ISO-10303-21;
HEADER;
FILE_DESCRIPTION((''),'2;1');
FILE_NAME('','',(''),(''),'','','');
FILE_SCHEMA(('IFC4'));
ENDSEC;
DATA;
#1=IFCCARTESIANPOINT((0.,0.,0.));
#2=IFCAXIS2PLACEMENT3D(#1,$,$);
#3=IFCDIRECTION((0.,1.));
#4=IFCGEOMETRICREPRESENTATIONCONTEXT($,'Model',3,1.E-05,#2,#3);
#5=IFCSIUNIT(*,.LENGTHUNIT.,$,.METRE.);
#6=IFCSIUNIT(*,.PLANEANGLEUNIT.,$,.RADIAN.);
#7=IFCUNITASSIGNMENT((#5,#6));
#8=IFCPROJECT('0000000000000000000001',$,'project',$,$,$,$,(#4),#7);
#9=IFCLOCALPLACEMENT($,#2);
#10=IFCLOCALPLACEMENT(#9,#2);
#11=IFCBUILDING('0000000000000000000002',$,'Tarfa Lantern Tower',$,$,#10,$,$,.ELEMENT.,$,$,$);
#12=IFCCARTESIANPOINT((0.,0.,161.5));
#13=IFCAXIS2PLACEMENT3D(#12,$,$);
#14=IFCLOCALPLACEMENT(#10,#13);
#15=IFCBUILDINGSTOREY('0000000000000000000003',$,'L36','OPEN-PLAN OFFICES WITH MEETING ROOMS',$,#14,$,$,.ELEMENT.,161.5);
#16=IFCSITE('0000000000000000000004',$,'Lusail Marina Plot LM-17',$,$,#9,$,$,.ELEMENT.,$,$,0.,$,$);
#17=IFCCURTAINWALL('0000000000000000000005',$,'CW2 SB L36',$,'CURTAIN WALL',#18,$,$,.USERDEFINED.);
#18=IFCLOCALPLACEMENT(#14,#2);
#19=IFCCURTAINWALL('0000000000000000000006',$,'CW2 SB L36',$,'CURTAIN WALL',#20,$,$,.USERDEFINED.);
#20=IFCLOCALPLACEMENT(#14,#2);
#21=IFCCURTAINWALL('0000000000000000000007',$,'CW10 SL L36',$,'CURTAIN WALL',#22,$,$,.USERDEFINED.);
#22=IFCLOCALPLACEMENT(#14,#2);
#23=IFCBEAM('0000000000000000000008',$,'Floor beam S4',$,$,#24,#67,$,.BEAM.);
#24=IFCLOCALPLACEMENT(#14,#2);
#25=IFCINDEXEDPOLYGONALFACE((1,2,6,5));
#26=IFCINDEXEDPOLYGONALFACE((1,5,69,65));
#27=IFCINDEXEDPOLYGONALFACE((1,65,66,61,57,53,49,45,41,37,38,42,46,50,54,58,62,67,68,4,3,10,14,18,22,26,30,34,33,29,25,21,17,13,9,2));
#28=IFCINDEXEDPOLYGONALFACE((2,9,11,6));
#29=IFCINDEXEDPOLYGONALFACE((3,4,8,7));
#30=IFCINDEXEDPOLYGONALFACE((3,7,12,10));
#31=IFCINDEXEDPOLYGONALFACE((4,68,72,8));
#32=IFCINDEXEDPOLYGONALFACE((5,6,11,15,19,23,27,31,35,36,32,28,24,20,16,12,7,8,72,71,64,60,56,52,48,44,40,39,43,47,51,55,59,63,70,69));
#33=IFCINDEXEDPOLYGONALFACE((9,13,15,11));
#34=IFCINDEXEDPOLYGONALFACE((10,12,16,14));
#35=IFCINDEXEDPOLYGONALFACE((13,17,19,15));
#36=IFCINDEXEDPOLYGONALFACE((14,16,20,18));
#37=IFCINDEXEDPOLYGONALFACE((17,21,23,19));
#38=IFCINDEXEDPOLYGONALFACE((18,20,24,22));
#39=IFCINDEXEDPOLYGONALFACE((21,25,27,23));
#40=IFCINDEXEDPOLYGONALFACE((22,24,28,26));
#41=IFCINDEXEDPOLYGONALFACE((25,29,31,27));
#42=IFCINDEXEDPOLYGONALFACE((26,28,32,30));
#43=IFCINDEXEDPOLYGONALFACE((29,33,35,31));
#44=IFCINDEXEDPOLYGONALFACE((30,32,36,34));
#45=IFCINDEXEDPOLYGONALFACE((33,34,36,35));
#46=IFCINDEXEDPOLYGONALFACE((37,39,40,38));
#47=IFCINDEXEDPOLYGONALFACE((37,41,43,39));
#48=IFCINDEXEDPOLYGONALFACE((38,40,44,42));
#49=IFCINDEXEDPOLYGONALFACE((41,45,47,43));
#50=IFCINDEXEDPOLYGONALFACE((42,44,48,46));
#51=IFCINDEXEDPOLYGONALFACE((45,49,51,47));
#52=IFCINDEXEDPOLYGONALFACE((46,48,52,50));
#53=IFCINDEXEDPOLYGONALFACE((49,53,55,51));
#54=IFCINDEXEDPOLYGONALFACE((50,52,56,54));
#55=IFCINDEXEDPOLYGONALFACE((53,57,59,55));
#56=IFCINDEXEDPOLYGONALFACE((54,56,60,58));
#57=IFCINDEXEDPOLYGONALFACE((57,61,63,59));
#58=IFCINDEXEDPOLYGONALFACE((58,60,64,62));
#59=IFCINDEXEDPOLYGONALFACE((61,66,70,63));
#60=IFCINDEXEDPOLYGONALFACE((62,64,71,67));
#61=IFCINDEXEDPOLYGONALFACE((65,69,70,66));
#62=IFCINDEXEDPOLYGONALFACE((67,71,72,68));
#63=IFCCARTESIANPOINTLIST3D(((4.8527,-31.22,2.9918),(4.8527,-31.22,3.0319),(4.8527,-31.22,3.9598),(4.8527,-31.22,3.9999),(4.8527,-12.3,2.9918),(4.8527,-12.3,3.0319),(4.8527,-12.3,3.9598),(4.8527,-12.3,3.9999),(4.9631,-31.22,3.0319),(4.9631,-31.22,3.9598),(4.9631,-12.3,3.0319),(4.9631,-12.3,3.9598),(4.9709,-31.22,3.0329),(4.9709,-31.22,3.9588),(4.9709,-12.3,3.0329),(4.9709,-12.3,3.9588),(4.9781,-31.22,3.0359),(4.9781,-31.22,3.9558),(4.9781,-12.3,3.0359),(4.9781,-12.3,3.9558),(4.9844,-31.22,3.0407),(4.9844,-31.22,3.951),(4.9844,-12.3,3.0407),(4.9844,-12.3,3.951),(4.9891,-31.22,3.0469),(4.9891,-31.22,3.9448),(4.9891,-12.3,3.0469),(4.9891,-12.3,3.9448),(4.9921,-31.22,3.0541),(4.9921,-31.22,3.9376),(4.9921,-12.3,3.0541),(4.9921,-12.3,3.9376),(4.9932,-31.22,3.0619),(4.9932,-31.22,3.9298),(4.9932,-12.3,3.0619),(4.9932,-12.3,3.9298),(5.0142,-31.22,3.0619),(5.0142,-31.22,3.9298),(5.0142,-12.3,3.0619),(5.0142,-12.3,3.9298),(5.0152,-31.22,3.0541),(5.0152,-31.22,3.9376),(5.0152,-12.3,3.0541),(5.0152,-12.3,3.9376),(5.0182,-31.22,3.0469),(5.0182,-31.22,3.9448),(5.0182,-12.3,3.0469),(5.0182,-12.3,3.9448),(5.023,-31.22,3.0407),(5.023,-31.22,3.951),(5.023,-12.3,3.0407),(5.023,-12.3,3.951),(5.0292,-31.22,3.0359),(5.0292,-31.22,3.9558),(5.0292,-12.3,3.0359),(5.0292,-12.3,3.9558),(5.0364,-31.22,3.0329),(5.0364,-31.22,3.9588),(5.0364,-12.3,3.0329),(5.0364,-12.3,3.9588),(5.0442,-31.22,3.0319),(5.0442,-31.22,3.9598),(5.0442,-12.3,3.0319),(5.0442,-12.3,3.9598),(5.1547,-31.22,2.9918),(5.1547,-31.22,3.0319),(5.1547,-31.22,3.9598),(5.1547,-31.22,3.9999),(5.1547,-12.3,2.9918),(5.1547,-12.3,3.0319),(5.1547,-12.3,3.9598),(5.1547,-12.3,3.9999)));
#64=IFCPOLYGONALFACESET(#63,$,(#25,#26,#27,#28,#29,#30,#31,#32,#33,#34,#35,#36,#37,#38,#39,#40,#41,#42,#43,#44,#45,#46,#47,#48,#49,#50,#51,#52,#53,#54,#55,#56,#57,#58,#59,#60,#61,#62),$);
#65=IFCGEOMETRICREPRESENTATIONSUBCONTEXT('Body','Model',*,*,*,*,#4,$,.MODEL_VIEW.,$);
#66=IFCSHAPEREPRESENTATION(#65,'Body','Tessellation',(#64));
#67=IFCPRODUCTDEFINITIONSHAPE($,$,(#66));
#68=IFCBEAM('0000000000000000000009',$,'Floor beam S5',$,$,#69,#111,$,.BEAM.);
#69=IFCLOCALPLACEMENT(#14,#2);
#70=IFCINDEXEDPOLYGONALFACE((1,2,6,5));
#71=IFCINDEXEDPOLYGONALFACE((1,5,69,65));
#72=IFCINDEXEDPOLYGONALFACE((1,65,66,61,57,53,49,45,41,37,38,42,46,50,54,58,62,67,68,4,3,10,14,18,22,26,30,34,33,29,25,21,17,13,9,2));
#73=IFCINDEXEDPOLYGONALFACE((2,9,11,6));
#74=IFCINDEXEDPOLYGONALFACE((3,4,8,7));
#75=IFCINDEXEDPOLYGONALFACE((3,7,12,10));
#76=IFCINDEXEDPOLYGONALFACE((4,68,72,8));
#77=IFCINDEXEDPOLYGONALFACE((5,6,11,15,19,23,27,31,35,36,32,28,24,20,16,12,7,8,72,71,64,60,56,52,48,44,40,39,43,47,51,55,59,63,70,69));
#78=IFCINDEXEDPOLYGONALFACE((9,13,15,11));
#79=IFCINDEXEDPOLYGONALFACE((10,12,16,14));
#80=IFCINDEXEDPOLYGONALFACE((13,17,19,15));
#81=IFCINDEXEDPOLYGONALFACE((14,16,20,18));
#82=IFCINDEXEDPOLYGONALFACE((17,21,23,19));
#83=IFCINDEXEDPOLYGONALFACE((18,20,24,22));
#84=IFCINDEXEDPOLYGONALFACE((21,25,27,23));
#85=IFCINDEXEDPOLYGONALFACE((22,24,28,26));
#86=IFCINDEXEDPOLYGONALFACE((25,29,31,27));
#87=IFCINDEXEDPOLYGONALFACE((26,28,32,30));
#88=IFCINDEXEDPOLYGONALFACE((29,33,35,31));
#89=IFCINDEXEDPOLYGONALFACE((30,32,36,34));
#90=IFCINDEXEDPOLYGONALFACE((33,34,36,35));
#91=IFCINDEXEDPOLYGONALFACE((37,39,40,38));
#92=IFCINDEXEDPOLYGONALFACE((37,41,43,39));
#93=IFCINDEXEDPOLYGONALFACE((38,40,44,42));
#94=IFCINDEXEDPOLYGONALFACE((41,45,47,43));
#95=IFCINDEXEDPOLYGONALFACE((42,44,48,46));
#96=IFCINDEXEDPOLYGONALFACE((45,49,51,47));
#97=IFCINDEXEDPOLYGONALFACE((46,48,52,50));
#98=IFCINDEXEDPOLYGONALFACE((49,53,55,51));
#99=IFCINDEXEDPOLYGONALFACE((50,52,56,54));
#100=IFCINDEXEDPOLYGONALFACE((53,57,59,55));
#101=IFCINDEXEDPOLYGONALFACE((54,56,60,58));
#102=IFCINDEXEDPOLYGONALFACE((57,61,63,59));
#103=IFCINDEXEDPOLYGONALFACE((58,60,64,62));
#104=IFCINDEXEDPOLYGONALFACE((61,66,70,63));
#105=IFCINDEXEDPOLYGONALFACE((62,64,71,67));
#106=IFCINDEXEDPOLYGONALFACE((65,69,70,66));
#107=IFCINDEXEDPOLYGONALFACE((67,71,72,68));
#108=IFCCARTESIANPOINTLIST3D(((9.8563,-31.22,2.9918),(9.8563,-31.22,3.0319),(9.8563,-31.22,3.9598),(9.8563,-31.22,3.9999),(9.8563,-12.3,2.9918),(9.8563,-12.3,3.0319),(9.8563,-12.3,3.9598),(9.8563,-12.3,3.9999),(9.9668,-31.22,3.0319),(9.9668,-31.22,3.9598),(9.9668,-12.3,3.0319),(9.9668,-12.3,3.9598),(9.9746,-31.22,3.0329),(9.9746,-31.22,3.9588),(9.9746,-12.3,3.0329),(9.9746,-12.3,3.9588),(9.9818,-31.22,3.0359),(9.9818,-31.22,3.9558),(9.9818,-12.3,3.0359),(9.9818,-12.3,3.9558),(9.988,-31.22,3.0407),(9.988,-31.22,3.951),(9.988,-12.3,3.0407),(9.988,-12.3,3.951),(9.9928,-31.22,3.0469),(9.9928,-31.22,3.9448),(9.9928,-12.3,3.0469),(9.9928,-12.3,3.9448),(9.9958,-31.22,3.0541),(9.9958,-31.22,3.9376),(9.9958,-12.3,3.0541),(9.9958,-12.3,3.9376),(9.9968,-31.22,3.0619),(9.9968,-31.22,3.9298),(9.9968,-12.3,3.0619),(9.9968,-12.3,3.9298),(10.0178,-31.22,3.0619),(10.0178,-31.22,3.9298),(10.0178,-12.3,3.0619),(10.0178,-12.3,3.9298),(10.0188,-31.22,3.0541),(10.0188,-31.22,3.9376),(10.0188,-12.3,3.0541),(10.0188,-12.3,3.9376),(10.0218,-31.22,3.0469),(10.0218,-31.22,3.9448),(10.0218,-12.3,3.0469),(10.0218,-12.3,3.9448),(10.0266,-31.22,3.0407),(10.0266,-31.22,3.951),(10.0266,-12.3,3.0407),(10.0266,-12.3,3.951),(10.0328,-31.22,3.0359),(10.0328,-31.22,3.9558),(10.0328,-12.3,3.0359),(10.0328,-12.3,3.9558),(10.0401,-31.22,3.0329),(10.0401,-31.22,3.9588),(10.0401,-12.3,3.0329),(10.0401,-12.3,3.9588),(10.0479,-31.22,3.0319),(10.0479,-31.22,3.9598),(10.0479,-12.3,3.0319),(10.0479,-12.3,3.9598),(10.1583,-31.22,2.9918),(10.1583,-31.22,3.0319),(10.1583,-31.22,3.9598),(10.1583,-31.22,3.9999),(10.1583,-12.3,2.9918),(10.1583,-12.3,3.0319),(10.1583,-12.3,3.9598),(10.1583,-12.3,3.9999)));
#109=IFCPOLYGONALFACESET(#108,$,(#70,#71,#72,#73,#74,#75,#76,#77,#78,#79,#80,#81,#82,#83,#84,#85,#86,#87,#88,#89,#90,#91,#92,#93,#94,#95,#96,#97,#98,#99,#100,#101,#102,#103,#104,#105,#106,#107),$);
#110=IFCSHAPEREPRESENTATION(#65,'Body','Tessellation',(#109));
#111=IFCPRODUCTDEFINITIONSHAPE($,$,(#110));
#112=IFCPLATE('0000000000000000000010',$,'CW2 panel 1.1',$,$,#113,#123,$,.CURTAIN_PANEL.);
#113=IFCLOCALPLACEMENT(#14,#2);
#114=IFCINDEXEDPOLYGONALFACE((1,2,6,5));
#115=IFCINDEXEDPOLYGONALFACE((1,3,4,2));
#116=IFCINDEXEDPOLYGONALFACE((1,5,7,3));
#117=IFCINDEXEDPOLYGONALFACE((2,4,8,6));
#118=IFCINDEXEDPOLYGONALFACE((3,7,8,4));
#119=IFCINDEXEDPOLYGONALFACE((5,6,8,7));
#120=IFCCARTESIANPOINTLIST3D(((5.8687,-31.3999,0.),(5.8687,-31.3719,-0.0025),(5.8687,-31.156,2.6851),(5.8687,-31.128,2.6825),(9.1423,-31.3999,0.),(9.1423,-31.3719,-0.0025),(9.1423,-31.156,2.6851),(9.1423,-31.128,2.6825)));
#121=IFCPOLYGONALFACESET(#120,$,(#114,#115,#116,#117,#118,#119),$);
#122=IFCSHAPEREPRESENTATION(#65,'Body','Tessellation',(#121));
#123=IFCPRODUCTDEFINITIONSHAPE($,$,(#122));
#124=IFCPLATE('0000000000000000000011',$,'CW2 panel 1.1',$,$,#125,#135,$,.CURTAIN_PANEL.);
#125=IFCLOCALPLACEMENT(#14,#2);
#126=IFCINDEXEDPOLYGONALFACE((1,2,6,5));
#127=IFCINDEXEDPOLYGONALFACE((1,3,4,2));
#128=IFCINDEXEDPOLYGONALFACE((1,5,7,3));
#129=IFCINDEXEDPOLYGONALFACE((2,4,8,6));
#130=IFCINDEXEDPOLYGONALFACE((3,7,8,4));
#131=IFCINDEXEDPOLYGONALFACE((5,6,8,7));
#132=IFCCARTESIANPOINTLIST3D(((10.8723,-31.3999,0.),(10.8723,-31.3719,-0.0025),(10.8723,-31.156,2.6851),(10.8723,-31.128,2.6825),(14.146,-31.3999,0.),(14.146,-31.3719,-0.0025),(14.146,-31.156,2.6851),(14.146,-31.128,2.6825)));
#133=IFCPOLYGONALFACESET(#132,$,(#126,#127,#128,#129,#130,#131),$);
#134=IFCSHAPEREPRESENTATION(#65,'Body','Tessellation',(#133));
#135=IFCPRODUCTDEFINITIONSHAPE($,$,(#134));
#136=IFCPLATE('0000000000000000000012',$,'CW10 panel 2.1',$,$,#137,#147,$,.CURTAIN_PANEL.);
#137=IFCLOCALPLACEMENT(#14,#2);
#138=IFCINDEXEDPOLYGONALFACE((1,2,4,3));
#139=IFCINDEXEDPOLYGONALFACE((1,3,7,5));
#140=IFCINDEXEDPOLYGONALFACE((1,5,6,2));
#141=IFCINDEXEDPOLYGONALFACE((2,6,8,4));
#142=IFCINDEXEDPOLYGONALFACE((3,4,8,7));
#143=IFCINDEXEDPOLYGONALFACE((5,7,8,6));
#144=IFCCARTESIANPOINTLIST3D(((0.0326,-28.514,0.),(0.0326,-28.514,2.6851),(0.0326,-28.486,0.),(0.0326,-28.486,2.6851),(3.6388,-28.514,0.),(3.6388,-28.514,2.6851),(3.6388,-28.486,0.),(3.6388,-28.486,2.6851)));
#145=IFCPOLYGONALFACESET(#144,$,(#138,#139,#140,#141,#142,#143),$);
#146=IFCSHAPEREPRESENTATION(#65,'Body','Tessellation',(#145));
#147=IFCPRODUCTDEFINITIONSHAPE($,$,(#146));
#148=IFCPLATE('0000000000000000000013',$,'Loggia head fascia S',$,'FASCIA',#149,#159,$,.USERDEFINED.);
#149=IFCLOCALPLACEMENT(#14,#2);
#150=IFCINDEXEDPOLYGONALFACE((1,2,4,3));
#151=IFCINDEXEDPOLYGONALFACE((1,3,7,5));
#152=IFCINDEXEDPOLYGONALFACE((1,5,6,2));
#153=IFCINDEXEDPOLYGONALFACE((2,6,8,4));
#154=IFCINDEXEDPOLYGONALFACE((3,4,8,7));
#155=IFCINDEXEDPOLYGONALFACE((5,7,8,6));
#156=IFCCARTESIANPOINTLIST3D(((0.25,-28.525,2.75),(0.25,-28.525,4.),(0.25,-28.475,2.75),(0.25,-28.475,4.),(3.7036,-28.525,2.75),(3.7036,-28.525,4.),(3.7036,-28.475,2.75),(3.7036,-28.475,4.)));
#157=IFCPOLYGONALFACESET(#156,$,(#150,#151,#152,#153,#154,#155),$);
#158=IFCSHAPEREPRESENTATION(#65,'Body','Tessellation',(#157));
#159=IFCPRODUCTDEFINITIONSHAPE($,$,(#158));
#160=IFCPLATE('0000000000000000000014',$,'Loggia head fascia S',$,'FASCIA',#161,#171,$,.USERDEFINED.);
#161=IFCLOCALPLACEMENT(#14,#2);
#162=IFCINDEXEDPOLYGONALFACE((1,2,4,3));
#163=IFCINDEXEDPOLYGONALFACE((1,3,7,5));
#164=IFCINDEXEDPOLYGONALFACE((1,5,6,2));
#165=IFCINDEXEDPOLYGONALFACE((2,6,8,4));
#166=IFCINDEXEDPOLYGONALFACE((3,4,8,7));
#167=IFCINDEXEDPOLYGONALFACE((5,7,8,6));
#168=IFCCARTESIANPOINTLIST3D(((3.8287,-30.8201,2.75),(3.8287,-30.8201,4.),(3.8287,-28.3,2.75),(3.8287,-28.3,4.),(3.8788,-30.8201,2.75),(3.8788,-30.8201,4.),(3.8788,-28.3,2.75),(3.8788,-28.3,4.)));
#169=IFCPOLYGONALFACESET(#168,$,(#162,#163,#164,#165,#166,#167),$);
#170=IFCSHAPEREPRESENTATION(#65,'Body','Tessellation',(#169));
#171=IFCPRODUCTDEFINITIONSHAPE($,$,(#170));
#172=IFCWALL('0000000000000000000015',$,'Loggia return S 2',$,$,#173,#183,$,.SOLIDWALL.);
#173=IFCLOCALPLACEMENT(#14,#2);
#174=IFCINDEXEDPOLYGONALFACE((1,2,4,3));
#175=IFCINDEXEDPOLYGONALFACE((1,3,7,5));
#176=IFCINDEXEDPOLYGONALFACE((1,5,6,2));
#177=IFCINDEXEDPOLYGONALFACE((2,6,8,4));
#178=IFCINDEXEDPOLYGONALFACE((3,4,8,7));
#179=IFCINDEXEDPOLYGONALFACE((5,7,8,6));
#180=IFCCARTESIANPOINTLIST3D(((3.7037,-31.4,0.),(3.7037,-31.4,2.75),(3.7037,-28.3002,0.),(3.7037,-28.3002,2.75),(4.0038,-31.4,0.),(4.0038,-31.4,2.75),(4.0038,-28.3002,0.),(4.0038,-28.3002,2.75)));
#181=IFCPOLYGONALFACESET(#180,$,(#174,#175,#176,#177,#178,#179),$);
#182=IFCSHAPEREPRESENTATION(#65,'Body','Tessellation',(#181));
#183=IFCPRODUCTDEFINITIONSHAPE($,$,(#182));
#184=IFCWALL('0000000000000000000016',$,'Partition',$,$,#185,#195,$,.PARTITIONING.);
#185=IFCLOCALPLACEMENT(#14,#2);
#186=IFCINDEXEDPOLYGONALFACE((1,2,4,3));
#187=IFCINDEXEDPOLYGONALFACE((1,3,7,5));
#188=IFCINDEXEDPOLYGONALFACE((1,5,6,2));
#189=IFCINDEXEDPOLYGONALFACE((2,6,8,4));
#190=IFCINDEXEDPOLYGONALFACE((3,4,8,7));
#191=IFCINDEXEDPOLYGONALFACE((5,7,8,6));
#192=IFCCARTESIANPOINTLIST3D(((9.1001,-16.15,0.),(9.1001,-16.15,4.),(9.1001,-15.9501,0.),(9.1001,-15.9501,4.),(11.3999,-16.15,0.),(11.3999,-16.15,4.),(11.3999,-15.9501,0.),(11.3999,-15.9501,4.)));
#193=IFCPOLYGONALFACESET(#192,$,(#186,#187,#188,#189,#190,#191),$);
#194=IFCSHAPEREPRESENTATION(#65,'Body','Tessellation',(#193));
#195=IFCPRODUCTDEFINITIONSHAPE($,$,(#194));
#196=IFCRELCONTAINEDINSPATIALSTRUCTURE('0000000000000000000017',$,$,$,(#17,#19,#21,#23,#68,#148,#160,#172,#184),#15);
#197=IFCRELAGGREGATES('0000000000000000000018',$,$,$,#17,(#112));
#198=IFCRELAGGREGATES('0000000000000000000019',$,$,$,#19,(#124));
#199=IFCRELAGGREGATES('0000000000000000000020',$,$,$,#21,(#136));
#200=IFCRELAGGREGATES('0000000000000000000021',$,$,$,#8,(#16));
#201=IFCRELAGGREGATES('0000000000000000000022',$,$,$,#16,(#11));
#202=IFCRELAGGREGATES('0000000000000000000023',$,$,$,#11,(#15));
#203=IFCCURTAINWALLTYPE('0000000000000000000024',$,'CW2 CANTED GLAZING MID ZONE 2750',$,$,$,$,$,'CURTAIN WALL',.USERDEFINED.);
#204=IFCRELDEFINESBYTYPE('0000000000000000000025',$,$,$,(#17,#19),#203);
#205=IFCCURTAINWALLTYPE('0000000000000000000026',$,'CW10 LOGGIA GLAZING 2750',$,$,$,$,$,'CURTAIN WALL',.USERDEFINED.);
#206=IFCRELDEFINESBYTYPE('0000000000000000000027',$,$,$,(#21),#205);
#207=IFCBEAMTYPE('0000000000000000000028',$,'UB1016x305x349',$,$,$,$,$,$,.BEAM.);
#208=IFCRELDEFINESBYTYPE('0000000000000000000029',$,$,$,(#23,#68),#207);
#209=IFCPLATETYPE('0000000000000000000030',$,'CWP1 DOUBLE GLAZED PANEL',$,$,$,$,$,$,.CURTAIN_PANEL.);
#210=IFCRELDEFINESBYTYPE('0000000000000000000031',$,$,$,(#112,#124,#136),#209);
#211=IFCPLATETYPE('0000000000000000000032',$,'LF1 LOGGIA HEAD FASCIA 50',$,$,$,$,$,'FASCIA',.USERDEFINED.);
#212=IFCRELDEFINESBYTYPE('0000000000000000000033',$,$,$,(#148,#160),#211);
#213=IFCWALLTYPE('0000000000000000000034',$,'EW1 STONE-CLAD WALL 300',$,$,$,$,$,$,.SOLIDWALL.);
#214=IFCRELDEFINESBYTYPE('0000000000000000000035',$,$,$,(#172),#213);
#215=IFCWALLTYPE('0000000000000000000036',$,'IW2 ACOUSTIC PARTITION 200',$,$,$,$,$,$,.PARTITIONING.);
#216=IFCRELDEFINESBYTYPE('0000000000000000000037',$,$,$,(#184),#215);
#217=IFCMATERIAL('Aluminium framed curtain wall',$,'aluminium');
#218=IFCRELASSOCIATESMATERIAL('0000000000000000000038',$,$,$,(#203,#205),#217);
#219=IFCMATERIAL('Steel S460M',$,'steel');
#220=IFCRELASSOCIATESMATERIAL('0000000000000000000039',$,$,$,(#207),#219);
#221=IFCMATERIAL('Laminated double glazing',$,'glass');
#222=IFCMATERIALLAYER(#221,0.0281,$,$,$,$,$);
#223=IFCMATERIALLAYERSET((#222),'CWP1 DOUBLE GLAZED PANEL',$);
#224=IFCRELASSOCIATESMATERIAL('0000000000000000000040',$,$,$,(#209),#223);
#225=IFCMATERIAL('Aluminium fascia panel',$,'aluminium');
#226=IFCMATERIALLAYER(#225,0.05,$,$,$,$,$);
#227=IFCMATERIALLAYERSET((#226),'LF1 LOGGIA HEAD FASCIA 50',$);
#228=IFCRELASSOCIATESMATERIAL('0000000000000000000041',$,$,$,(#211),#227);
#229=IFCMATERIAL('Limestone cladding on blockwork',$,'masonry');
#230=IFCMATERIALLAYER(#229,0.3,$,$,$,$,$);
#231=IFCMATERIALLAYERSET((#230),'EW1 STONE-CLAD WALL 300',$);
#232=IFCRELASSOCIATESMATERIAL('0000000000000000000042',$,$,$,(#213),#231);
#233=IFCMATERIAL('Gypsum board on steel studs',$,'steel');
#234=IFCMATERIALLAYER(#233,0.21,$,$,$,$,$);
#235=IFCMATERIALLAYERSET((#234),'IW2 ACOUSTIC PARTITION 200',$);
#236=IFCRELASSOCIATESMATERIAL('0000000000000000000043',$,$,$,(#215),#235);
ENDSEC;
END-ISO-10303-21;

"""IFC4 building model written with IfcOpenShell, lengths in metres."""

from ifc_helpers import new_model, si_unit, direction, frame, frame_2d, origin, origin_2d, place, context, subcontext, project, spatial, polyline, rectangle, i_section, outline, extrude, material, layer, layer_set, material_profile, profile_set, type_object, element, aggregate, save


model = new_model("IFC4")

# Units and contexts
model_context = context("Model", 3, precision=1e-05, world=origin(), true_north=direction((0.0, 1.0)))
body_context = subcontext(model_context, "Body", "Model", "MODEL_VIEW")
ifc_project = project(units=[si_unit("LENGTHUNIT", "METRE"), si_unit("PLANEANGLEUNIT", "RADIAN")], contexts=[model_context])

# Site, building, storey
site_placement = place(None, origin())
site = spatial("IfcSite", under=ifc_project, at=site_placement, Name="Lusail Marina Plot LM-17", CompositionType="ELEMENT", RefElevation=0.0)
building_placement = place(site_placement, origin())
building = spatial("IfcBuilding", under=site, at=building_placement, Name="Tarfa Lantern Tower", CompositionType="ELEMENT")
storey_placement = place(building_placement, frame((0.0, 0.0, 161.5)))
storey = spatial("IfcBuildingStorey", under=building, at=storey_placement, Name="L36", Description="OPEN-PLAN OFFICES WITH MEETING ROOMS", CompositionType="ELEMENT", Elevation=161.5)

# Curtain wall
ifc_material_1 = material(Name="Aluminium framed curtain wall", Category="aluminium")
curtain_wall_type_1 = type_object("IfcCurtainWallType", Name="CW2 CANTED GLAZING MID ZONE 2750", ElementType="CURTAIN WALL", PredefinedType="USERDEFINED", material=ifc_material_1)
curtain_wall_1_placement = place(storey_placement, origin())
curtain_wall_1 = element("IfcCurtainWall", 1, at=curtain_wall_1_placement, inside=storey, type_object=curtain_wall_type_1, Name="CW2 SB L36", ObjectType="CURTAIN WALL", PredefinedType="USERDEFINED")

# Curtain walls
curtain_wall_2_placement = place(storey_placement, origin())
curtain_wall_2 = element("IfcCurtainWall", 2, at=curtain_wall_2_placement, inside=storey, type_object=curtain_wall_type_1, Name="CW2 SB L36", ObjectType="CURTAIN WALL", PredefinedType="USERDEFINED")
curtain_wall_type_2 = type_object("IfcCurtainWallType", Name="CW10 LOGGIA GLAZING 2750", ElementType="CURTAIN WALL", PredefinedType="USERDEFINED", material=ifc_material_1)
curtain_wall_3_placement = place(storey_placement, origin())
curtain_wall_3 = element("IfcCurtainWall", 3, at=curtain_wall_3_placement, inside=storey, type_object=curtain_wall_type_2, Name="CW10 SL L36", ObjectType="CURTAIN WALL", PredefinedType="USERDEFINED")

# Beams
ifc_material_2 = material(Name="Steel S460M", Category="steel")
ifc_material_profile_1 = material_profile(ifc_material_2, i_section(OverallWidth=0.302, OverallDepth=1.0081, WebThickness=0.021, FlangeThickness=0.04, FilletRadius=0.03, at=origin_2d()), Name="UB1016x305x349")
ifc_profile_set_1 = profile_set([ifc_material_profile_1], Name="Steel S460M")
beam_type_1 = type_object("IfcBeamType", Name="UB1016x305x349", PredefinedType="BEAM", material=ifc_profile_set_1)
for number, where, z_axis, x_axis, name in (
    (4, (5.0037, -31.22, 3.4958), (0.0, 1.0, 0.0), (-1.0, 0.0, 0.0), "Floor beam S4"),
    (5, (10.0073, -31.22, 3.4958), (0.0, 1.0, 0.0), (-1.0, 0.0, 0.0), "Floor beam S5"),
):
    element("IfcBeam", number, at=place(storey_placement, frame(where, z_axis=z_axis, x_axis=x_axis)), inside=storey, type_object=beam_type_1, Name=name, PredefinedType="BEAM", context=body_context, shape_type="SweptSolid", body=[
        extrude(i_section(OverallWidth=0.302, OverallDepth=1.0081, WebThickness=0.021, FlangeThickness=0.04, FilletRadius=0.03, at=origin_2d()), origin(), (0.0, 0.0, 1.0), 18.9199),
    ])

# Plates
ifc_material_3 = material(Name="Laminated double glazing", Category="glass")
ifc_layer_1 = layer(ifc_material_3, 0.0281)
ifc_layer_set_1 = layer_set([ifc_layer_1], Name="CWP1 DOUBLE GLAZED PANEL")
plate_type_1 = type_object("IfcPlateType", Name="CWP1 DOUBLE GLAZED PANEL", PredefinedType="CURTAIN_PANEL", material=ifc_layer_set_1)
plate_1_placement = place(storey_placement, frame((5.8687, -31.3999, 0.0), z_axis=(0.0, -0.9959, 0.090462), x_axis=(1.0, 0.0, 0.0)))
plate_1 = element("IfcPlate", 6, at=plate_1_placement, type_object=plate_type_1, Name="CW2 panel 1.1", PredefinedType="CURTAIN_PANEL", context=body_context, shape_type="SweptSolid", body=[
    extrude(outline(polyline([(0.0, 0.0), (3.2737, 0.0), (3.2737, 2.6961), (0.0, 2.6961), (0.0, 0.0)])), origin(), (0.0, 0.0, -1.0), 0.0281),
])
aggregate(curtain_wall_1, [plate_1])
plate_2_placement = place(storey_placement, frame((10.8723, -31.3999, 0.0), z_axis=(0.0, -0.9959, 0.090462), x_axis=(1.0, 0.0, 0.0)))
plate_2 = element("IfcPlate", 7, at=plate_2_placement, type_object=plate_type_1, Name="CW2 panel 1.1", PredefinedType="CURTAIN_PANEL", context=body_context, shape_type="SweptSolid", body=[
    extrude(outline(polyline([(0.0, 0.0), (3.2737, 0.0), (3.2737, 2.6961), (0.0, 2.6961), (0.0, 0.0)])), origin(), (0.0, 0.0, -1.0), 0.0281),
])
aggregate(curtain_wall_2, [plate_2])
plate_3_placement = place(storey_placement, frame((1.8357, -28.5, 0.0), z_axis=(0.0, 0.0, 1.0), x_axis=(1.0, 0.0, 0.0)))
plate_3 = element("IfcPlate", 8, at=plate_3_placement, type_object=plate_type_1, Name="CW10 panel 2.1", PredefinedType="CURTAIN_PANEL", context=body_context, shape_type="SweptSolid", body=[
    extrude(rectangle(XDim=3.6062, YDim=0.0281, at=origin_2d()), origin(), (0.0, 0.0, 1.0), 2.6851),
])
aggregate(curtain_wall_3, [plate_3])

# Plates
ifc_material_4 = material(Name="Aluminium fascia panel", Category="aluminium")
ifc_layer_2 = layer(ifc_material_4, 0.05)
ifc_layer_set_2 = layer_set([ifc_layer_2], Name="LF1 LOGGIA HEAD FASCIA 50")
plate_type_2 = type_object("IfcPlateType", Name="LF1 LOGGIA HEAD FASCIA 50", ElementType="FASCIA", PredefinedType="USERDEFINED", material=ifc_layer_set_2)
plate_4_placement = place(storey_placement, frame((1.9768, -28.5, 2.75), z_axis=(0.0, 0.0, 1.0), x_axis=(1.0, 0.0, 0.0)))
element("IfcPlate", 9, at=plate_4_placement, inside=storey, type_object=plate_type_2, Name="Loggia head fascia S", ObjectType="FASCIA", PredefinedType="USERDEFINED", context=body_context, shape_type="SweptSolid", body=[
    extrude(rectangle(XDim=3.4536, YDim=0.05, at=origin_2d()), origin(), (0.0, 0.0, 1.0), 1.25),
])
plate_5_placement = place(storey_placement, frame((3.8538, -29.5601, 2.75), z_axis=(0.0, 0.0, 1.0), x_axis=(0.0, 1.0, 0.0)))
element("IfcPlate", 10, at=plate_5_placement, inside=storey, type_object=plate_type_2, Name="Loggia head fascia S", ObjectType="FASCIA", PredefinedType="USERDEFINED", context=body_context, shape_type="SweptSolid", body=[
    extrude(rectangle(XDim=2.52, YDim=0.05, at=origin_2d()), origin(), (0.0, 0.0, 1.0), 1.25),
])

# Walls
ifc_material_5 = material(Name="Limestone cladding on blockwork", Category="masonry")
ifc_layer_3 = layer(ifc_material_5, 0.3)
ifc_layer_set_3 = layer_set([ifc_layer_3], Name="EW1 STONE-CLAD WALL 300")
wall_type_1 = type_object("IfcWallType", Name="EW1 STONE-CLAD WALL 300", PredefinedType="SOLIDWALL", material=ifc_layer_set_3)
wall_placement = place(storey_placement, frame((3.8538, -31.3999, 0.0), z_axis=(0.0, 0.0, 1.0), x_axis=(0.0, 1.0, 0.0)))
element("IfcWall", 11, at=wall_placement, inside=storey, type_object=wall_type_1, Name="Loggia return S 2", PredefinedType="SOLIDWALL", context=body_context, shape_type="SweptSolid", body=[
    extrude(rectangle(XDim=3.0999, YDim=0.3, at=frame_2d((1.5498, 0.0))), origin(), (0.0, 0.0, 1.0), 2.75),
])
ifc_material_6 = material(Name="Gypsum board on steel studs", Category="steel")
ifc_layer_4 = layer(ifc_material_6, 0.21)
ifc_layer_set_4 = layer_set([ifc_layer_4], Name="IW2 ACOUSTIC PARTITION 200")
wall_type_2 = type_object("IfcWallType", Name="IW2 ACOUSTIC PARTITION 200", PredefinedType="PARTITIONING", material=ifc_layer_set_4)
for number, where, z_axis, x_axis, name in (
    (12, (9.1001, -16.05, 0.0), (0.0, 0.0, 1.0), (1.0, 0.0, 0.0), "Partition"),
):
    element("IfcWall", number, at=place(storey_placement, frame(where, z_axis=z_axis, x_axis=x_axis)), inside=storey, type_object=wall_type_2, Name=name, PredefinedType="PARTITIONING", context=body_context, shape_type="SweptSolid", body=[
        extrude(rectangle(XDim=2.2998, YDim=0.2, at=frame_2d((1.1499, 0.0))), origin(), (0.0, 0.0, 1.0), 4.0),
    ])

save(model, "model.ifc")
